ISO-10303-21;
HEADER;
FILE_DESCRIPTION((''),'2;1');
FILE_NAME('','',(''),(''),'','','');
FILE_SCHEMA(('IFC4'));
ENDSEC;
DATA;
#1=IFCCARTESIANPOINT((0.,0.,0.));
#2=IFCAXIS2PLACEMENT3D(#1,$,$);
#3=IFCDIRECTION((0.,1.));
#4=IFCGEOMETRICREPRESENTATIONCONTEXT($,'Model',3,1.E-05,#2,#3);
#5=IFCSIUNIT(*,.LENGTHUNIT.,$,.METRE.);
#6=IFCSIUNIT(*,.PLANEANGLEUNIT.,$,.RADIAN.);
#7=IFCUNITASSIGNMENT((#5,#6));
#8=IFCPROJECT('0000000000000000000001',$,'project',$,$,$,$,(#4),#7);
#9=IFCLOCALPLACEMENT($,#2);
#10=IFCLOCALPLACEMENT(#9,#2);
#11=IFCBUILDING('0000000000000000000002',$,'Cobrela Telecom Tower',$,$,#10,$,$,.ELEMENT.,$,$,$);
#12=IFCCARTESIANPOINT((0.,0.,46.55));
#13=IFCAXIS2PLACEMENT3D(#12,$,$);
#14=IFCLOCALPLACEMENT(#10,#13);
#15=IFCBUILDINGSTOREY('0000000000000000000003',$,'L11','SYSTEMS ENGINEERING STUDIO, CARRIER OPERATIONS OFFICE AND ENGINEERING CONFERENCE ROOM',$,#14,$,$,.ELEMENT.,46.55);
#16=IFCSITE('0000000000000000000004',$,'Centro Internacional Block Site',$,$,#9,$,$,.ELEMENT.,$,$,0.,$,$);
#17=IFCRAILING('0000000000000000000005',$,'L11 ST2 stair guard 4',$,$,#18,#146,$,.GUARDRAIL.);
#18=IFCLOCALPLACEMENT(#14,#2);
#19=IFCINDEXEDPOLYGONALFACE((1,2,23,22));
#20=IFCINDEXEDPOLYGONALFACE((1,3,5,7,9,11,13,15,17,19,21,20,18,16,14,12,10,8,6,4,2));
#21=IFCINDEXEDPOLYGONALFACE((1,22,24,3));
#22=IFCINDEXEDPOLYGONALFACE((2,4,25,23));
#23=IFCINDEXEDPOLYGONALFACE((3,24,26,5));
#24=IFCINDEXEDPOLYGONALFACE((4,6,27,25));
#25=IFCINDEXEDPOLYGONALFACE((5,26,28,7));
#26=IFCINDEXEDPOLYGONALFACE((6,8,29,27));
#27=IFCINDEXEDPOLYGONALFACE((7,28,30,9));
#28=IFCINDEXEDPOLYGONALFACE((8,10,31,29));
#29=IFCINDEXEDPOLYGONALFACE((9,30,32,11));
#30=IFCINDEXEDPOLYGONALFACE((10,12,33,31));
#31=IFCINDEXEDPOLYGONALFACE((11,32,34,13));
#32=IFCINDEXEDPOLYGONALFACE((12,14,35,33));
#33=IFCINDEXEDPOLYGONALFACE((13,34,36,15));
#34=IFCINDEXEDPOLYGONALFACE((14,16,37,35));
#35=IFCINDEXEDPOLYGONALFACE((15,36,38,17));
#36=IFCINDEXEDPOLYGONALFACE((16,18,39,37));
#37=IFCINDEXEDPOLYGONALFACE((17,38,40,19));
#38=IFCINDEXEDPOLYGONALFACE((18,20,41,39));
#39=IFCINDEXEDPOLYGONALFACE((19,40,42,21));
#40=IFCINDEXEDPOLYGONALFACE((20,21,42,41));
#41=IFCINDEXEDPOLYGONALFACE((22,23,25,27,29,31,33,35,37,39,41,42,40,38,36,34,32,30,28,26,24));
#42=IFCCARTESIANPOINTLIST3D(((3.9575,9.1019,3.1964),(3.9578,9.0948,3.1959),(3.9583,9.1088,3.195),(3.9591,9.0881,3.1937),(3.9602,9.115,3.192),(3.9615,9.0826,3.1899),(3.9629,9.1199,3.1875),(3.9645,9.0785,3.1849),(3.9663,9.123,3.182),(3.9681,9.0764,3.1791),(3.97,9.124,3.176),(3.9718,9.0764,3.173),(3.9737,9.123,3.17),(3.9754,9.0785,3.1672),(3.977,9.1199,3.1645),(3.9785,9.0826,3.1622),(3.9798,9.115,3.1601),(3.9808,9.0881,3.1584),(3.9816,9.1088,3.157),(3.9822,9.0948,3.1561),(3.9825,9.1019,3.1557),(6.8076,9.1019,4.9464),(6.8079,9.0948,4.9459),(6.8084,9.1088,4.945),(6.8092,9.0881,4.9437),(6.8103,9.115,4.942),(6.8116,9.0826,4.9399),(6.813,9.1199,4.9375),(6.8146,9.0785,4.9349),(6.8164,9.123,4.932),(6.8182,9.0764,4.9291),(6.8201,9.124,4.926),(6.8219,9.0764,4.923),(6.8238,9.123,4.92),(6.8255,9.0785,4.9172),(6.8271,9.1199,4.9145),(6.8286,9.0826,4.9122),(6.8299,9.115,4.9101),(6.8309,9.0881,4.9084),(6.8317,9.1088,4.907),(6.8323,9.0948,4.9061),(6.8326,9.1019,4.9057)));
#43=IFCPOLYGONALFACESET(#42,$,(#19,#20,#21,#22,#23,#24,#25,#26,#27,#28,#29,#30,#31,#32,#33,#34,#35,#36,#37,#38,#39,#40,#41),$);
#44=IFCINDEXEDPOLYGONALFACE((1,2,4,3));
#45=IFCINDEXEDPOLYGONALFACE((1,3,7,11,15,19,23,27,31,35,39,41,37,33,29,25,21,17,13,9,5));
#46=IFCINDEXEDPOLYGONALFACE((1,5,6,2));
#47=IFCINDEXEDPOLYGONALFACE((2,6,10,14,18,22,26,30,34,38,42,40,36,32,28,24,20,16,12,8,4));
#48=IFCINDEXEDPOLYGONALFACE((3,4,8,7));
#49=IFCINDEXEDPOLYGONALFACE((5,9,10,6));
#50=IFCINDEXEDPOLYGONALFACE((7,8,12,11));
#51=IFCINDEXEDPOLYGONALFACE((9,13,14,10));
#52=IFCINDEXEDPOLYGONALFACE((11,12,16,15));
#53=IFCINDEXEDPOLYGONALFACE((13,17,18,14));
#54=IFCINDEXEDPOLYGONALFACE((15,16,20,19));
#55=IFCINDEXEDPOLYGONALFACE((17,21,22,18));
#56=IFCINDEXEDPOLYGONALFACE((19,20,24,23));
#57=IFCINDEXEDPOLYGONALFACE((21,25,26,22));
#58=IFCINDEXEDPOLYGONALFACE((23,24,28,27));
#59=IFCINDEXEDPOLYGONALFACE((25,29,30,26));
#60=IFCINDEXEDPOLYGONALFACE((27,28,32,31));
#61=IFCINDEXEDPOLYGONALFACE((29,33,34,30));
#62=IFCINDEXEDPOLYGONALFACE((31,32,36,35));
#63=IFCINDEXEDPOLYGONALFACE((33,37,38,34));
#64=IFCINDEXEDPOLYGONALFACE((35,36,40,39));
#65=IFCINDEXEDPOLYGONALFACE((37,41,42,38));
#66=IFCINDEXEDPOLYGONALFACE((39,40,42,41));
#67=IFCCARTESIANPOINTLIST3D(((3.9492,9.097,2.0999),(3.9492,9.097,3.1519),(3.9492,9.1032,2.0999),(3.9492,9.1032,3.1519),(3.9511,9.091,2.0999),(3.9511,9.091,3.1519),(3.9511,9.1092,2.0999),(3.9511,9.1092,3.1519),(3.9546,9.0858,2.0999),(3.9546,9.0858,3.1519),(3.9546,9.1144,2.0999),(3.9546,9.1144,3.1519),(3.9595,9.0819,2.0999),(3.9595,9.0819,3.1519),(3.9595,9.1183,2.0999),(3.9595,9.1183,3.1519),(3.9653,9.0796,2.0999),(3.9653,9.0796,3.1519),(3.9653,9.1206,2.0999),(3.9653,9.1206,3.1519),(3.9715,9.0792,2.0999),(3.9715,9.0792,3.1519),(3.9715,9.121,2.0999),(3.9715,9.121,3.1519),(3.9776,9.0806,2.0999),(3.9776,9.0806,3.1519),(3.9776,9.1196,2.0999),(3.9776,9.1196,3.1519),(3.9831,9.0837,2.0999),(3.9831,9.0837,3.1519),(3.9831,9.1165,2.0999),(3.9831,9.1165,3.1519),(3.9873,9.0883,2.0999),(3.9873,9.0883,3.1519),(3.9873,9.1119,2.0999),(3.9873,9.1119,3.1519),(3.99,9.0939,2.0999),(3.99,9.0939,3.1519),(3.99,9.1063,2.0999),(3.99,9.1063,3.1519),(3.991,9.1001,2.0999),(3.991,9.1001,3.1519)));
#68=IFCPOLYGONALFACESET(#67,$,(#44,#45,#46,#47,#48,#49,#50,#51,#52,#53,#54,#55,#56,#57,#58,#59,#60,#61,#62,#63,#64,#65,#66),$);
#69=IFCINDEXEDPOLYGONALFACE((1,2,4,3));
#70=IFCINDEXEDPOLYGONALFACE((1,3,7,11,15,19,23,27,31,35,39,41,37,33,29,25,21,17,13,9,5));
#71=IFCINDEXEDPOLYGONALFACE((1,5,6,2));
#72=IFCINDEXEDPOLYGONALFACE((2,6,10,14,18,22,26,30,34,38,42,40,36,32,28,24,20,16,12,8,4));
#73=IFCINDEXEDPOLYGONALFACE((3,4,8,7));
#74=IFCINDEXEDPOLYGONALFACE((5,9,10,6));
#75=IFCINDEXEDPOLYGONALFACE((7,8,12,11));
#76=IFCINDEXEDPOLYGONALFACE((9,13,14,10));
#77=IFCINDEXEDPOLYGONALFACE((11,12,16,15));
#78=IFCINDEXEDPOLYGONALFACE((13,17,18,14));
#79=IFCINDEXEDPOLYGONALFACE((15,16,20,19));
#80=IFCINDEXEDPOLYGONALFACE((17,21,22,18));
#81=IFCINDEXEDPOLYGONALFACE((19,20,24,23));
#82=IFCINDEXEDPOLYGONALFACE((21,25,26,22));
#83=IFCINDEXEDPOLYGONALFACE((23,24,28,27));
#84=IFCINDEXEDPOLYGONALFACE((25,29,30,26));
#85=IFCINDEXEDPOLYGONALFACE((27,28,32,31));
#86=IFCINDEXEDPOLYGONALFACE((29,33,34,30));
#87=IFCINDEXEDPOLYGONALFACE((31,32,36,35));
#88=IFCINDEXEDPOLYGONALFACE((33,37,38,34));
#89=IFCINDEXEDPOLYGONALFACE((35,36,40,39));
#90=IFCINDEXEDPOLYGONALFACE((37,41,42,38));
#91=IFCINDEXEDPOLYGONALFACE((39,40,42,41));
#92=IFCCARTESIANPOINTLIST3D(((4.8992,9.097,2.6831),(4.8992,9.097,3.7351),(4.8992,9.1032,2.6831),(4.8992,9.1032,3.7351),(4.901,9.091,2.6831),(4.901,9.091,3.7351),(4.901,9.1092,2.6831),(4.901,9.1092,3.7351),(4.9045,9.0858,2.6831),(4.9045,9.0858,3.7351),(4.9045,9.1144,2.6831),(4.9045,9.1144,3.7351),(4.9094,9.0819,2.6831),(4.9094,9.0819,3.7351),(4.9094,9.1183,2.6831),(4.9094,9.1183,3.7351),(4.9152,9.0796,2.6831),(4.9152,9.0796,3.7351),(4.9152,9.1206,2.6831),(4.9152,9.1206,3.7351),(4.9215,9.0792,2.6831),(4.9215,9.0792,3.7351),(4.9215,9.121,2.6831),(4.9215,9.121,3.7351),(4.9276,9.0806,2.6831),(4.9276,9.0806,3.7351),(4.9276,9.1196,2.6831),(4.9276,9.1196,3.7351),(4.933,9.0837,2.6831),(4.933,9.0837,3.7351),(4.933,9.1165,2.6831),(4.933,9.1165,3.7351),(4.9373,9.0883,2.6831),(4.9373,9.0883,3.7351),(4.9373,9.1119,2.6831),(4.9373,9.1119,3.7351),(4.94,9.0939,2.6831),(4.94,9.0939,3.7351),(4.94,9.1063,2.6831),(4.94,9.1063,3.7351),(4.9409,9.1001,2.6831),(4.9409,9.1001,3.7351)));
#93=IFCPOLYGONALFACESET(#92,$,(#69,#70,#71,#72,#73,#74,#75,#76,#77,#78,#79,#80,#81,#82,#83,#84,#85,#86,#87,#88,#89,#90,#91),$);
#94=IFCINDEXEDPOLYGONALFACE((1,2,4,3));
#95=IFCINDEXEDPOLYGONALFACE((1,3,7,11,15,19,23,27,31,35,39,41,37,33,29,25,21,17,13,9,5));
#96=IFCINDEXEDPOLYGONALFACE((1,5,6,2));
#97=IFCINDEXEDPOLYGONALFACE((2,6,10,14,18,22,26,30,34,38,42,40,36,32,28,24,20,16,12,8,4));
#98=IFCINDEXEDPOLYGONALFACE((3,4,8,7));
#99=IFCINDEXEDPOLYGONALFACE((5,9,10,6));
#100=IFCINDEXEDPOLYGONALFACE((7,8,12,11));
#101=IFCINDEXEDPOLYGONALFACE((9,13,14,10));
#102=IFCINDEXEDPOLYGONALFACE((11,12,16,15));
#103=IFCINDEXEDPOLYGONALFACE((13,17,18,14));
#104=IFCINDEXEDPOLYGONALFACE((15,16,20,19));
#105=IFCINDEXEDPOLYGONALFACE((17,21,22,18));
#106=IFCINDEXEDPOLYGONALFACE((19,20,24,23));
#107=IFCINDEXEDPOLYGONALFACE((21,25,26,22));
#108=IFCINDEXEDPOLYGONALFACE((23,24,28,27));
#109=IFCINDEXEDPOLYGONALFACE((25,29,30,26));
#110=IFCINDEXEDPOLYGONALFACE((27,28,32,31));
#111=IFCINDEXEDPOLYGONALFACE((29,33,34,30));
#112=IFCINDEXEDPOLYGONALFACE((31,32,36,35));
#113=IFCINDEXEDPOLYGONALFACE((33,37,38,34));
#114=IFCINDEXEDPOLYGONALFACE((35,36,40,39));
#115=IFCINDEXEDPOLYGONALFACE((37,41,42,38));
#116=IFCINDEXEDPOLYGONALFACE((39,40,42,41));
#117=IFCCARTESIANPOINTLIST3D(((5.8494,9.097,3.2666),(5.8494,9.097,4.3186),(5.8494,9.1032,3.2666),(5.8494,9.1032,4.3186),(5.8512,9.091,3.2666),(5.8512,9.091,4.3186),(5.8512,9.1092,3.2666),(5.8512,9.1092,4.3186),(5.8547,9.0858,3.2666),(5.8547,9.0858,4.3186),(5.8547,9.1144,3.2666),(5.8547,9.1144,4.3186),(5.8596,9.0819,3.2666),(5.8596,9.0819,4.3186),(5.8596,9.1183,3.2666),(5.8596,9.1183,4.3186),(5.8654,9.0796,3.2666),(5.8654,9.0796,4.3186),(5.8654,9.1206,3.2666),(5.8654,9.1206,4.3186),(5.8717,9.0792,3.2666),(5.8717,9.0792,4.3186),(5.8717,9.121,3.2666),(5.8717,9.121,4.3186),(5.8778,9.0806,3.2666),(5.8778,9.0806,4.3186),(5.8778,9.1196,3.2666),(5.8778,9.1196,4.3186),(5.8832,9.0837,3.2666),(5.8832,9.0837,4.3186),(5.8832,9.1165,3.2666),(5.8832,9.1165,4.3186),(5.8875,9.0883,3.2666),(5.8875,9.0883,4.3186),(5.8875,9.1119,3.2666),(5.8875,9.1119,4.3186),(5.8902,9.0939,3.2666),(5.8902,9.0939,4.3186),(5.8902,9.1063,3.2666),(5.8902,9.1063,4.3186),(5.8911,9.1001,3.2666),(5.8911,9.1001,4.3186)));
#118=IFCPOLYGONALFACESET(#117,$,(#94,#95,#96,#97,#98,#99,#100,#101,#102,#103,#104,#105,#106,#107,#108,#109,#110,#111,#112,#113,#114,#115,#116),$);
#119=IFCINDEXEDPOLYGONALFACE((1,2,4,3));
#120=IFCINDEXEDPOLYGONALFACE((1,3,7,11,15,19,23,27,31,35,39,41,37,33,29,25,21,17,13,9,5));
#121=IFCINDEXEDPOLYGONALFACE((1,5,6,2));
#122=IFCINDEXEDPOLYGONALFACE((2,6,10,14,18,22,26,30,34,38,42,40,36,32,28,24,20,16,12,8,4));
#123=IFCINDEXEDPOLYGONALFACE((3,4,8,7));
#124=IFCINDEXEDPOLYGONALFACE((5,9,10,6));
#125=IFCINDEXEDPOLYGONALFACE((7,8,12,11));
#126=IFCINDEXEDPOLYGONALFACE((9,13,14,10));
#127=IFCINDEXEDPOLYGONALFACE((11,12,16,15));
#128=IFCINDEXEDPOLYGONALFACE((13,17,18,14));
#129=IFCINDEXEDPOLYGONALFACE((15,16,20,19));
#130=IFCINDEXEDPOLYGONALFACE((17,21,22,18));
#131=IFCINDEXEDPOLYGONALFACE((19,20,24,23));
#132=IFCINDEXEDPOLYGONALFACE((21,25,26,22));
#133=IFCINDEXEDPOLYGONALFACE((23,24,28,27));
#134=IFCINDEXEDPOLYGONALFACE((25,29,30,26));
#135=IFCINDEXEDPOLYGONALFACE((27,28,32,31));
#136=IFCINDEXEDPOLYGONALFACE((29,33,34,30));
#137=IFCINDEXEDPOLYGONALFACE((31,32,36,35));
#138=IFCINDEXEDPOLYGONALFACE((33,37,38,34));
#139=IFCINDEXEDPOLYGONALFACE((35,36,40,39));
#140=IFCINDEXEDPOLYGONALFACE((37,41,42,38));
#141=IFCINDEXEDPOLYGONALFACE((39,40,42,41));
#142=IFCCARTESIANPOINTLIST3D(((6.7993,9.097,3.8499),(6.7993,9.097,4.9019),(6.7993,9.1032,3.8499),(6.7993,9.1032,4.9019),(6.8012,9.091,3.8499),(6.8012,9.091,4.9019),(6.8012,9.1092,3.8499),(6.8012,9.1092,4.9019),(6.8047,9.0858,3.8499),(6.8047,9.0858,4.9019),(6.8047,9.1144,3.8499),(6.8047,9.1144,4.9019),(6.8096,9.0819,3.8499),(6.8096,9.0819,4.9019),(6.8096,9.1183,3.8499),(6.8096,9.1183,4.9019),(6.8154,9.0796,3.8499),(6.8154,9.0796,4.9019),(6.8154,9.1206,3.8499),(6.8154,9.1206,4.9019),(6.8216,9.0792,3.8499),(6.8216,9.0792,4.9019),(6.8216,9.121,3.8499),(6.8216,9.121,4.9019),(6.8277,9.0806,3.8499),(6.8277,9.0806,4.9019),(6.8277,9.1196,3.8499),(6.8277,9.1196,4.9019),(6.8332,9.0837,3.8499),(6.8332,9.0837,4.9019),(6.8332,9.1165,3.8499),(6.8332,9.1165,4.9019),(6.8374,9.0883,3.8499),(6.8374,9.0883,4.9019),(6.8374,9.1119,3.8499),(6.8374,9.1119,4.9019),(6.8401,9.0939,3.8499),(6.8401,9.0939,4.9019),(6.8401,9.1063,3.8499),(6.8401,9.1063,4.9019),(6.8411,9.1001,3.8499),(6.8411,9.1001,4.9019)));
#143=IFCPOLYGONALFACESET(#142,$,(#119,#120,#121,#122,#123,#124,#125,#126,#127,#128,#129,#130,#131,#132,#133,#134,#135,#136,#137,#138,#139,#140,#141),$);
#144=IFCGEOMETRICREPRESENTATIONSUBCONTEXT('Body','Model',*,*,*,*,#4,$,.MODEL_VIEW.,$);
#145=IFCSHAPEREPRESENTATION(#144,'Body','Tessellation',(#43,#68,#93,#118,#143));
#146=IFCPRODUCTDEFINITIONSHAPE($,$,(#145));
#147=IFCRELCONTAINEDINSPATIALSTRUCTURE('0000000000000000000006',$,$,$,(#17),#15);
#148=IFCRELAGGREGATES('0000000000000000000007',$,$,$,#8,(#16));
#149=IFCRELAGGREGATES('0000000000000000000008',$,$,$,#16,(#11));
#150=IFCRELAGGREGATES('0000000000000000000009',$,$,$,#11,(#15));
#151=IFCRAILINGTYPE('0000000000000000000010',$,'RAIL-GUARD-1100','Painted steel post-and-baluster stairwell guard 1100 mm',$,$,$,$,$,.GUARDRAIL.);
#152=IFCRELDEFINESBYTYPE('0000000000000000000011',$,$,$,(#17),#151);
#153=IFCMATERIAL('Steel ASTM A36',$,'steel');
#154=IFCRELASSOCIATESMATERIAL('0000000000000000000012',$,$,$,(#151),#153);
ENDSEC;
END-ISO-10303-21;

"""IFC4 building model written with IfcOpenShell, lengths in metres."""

from ifc_helpers import new_model, si_unit, direction, frame, origin, origin_2d, place, context, subcontext, project, spatial, circle, extrude, material, type_object, element, save


model = new_model("IFC4")

# Units and contexts
model_context = context("Model", 3, precision=1e-05, world=origin(), true_north=direction((0.0, 1.0)))
body_context = subcontext(model_context, "Body", "Model", "MODEL_VIEW")
ifc_project = project(units=[si_unit("LENGTHUNIT", "METRE"), si_unit("PLANEANGLEUNIT", "RADIAN")], contexts=[model_context])

# Site, building, storey
site_placement = place(None, origin())
site = spatial("IfcSite", under=ifc_project, at=site_placement, Name="Centro Internacional Block Site", CompositionType="ELEMENT", RefElevation=0.0)
building_placement = place(site_placement, origin())
building = spatial("IfcBuilding", under=site, at=building_placement, Name="Cobrela Telecom Tower", CompositionType="ELEMENT")
storey_placement = place(building_placement, frame((0.0, 0.0, 46.55)))
storey = spatial("IfcBuildingStorey", under=building, at=storey_placement, Name="L11", Description="SYSTEMS ENGINEERING STUDIO, CARRIER OPERATIONS OFFICE AND ENGINEERING CONFERENCE ROOM", CompositionType="ELEMENT", Elevation=46.55)

# Railing
ifc_material_1 = material(Name="Steel ASTM A36", Category="steel")
railing_type_1 = type_object("IfcRailingType", Name="RAIL-GUARD-1100", Description="Painted steel post-and-baluster stairwell guard 1100 mm", PredefinedType="GUARDRAIL", material=ifc_material_1)
railing_1_placement = place(storey_placement, frame((3.97, 9.1001, 2.0999)))
element("IfcRailing", 1, at=railing_1_placement, inside=storey, type_object=railing_type_1, Name="L11 ST2 stair guard 4", PredefinedType="GUARDRAIL", context=body_context, shape_type="SweptSolid", body=[
    extrude(circle(Radius=0.0239, at=origin_2d()), frame((0.0, 0.0, 1.0762), z_axis=(0.852179, 0.0, 0.52325), x_axis=(0.0, 1.0, 0.0)), (0.0, 0.0, 1.0), 3.3445),
    extrude(circle(Radius=0.021, at=origin_2d()), origin(), (0.0, 0.0, 1.0), 1.052),
    extrude(circle(Radius=0.021, at=origin_2d()), frame((0.95, 0.0, 0.5833)), (0.0, 0.0, 1.0), 1.052),
    extrude(circle(Radius=0.021, at=origin_2d()), frame((1.9001, 0.0, 1.1667)), (0.0, 0.0, 1.0), 1.052),
    extrude(circle(Radius=0.021, at=origin_2d()), frame((2.8501, 0.0, 1.75)), (0.0, 0.0, 1.0), 1.052),
])

save(model, "model.ifc")
